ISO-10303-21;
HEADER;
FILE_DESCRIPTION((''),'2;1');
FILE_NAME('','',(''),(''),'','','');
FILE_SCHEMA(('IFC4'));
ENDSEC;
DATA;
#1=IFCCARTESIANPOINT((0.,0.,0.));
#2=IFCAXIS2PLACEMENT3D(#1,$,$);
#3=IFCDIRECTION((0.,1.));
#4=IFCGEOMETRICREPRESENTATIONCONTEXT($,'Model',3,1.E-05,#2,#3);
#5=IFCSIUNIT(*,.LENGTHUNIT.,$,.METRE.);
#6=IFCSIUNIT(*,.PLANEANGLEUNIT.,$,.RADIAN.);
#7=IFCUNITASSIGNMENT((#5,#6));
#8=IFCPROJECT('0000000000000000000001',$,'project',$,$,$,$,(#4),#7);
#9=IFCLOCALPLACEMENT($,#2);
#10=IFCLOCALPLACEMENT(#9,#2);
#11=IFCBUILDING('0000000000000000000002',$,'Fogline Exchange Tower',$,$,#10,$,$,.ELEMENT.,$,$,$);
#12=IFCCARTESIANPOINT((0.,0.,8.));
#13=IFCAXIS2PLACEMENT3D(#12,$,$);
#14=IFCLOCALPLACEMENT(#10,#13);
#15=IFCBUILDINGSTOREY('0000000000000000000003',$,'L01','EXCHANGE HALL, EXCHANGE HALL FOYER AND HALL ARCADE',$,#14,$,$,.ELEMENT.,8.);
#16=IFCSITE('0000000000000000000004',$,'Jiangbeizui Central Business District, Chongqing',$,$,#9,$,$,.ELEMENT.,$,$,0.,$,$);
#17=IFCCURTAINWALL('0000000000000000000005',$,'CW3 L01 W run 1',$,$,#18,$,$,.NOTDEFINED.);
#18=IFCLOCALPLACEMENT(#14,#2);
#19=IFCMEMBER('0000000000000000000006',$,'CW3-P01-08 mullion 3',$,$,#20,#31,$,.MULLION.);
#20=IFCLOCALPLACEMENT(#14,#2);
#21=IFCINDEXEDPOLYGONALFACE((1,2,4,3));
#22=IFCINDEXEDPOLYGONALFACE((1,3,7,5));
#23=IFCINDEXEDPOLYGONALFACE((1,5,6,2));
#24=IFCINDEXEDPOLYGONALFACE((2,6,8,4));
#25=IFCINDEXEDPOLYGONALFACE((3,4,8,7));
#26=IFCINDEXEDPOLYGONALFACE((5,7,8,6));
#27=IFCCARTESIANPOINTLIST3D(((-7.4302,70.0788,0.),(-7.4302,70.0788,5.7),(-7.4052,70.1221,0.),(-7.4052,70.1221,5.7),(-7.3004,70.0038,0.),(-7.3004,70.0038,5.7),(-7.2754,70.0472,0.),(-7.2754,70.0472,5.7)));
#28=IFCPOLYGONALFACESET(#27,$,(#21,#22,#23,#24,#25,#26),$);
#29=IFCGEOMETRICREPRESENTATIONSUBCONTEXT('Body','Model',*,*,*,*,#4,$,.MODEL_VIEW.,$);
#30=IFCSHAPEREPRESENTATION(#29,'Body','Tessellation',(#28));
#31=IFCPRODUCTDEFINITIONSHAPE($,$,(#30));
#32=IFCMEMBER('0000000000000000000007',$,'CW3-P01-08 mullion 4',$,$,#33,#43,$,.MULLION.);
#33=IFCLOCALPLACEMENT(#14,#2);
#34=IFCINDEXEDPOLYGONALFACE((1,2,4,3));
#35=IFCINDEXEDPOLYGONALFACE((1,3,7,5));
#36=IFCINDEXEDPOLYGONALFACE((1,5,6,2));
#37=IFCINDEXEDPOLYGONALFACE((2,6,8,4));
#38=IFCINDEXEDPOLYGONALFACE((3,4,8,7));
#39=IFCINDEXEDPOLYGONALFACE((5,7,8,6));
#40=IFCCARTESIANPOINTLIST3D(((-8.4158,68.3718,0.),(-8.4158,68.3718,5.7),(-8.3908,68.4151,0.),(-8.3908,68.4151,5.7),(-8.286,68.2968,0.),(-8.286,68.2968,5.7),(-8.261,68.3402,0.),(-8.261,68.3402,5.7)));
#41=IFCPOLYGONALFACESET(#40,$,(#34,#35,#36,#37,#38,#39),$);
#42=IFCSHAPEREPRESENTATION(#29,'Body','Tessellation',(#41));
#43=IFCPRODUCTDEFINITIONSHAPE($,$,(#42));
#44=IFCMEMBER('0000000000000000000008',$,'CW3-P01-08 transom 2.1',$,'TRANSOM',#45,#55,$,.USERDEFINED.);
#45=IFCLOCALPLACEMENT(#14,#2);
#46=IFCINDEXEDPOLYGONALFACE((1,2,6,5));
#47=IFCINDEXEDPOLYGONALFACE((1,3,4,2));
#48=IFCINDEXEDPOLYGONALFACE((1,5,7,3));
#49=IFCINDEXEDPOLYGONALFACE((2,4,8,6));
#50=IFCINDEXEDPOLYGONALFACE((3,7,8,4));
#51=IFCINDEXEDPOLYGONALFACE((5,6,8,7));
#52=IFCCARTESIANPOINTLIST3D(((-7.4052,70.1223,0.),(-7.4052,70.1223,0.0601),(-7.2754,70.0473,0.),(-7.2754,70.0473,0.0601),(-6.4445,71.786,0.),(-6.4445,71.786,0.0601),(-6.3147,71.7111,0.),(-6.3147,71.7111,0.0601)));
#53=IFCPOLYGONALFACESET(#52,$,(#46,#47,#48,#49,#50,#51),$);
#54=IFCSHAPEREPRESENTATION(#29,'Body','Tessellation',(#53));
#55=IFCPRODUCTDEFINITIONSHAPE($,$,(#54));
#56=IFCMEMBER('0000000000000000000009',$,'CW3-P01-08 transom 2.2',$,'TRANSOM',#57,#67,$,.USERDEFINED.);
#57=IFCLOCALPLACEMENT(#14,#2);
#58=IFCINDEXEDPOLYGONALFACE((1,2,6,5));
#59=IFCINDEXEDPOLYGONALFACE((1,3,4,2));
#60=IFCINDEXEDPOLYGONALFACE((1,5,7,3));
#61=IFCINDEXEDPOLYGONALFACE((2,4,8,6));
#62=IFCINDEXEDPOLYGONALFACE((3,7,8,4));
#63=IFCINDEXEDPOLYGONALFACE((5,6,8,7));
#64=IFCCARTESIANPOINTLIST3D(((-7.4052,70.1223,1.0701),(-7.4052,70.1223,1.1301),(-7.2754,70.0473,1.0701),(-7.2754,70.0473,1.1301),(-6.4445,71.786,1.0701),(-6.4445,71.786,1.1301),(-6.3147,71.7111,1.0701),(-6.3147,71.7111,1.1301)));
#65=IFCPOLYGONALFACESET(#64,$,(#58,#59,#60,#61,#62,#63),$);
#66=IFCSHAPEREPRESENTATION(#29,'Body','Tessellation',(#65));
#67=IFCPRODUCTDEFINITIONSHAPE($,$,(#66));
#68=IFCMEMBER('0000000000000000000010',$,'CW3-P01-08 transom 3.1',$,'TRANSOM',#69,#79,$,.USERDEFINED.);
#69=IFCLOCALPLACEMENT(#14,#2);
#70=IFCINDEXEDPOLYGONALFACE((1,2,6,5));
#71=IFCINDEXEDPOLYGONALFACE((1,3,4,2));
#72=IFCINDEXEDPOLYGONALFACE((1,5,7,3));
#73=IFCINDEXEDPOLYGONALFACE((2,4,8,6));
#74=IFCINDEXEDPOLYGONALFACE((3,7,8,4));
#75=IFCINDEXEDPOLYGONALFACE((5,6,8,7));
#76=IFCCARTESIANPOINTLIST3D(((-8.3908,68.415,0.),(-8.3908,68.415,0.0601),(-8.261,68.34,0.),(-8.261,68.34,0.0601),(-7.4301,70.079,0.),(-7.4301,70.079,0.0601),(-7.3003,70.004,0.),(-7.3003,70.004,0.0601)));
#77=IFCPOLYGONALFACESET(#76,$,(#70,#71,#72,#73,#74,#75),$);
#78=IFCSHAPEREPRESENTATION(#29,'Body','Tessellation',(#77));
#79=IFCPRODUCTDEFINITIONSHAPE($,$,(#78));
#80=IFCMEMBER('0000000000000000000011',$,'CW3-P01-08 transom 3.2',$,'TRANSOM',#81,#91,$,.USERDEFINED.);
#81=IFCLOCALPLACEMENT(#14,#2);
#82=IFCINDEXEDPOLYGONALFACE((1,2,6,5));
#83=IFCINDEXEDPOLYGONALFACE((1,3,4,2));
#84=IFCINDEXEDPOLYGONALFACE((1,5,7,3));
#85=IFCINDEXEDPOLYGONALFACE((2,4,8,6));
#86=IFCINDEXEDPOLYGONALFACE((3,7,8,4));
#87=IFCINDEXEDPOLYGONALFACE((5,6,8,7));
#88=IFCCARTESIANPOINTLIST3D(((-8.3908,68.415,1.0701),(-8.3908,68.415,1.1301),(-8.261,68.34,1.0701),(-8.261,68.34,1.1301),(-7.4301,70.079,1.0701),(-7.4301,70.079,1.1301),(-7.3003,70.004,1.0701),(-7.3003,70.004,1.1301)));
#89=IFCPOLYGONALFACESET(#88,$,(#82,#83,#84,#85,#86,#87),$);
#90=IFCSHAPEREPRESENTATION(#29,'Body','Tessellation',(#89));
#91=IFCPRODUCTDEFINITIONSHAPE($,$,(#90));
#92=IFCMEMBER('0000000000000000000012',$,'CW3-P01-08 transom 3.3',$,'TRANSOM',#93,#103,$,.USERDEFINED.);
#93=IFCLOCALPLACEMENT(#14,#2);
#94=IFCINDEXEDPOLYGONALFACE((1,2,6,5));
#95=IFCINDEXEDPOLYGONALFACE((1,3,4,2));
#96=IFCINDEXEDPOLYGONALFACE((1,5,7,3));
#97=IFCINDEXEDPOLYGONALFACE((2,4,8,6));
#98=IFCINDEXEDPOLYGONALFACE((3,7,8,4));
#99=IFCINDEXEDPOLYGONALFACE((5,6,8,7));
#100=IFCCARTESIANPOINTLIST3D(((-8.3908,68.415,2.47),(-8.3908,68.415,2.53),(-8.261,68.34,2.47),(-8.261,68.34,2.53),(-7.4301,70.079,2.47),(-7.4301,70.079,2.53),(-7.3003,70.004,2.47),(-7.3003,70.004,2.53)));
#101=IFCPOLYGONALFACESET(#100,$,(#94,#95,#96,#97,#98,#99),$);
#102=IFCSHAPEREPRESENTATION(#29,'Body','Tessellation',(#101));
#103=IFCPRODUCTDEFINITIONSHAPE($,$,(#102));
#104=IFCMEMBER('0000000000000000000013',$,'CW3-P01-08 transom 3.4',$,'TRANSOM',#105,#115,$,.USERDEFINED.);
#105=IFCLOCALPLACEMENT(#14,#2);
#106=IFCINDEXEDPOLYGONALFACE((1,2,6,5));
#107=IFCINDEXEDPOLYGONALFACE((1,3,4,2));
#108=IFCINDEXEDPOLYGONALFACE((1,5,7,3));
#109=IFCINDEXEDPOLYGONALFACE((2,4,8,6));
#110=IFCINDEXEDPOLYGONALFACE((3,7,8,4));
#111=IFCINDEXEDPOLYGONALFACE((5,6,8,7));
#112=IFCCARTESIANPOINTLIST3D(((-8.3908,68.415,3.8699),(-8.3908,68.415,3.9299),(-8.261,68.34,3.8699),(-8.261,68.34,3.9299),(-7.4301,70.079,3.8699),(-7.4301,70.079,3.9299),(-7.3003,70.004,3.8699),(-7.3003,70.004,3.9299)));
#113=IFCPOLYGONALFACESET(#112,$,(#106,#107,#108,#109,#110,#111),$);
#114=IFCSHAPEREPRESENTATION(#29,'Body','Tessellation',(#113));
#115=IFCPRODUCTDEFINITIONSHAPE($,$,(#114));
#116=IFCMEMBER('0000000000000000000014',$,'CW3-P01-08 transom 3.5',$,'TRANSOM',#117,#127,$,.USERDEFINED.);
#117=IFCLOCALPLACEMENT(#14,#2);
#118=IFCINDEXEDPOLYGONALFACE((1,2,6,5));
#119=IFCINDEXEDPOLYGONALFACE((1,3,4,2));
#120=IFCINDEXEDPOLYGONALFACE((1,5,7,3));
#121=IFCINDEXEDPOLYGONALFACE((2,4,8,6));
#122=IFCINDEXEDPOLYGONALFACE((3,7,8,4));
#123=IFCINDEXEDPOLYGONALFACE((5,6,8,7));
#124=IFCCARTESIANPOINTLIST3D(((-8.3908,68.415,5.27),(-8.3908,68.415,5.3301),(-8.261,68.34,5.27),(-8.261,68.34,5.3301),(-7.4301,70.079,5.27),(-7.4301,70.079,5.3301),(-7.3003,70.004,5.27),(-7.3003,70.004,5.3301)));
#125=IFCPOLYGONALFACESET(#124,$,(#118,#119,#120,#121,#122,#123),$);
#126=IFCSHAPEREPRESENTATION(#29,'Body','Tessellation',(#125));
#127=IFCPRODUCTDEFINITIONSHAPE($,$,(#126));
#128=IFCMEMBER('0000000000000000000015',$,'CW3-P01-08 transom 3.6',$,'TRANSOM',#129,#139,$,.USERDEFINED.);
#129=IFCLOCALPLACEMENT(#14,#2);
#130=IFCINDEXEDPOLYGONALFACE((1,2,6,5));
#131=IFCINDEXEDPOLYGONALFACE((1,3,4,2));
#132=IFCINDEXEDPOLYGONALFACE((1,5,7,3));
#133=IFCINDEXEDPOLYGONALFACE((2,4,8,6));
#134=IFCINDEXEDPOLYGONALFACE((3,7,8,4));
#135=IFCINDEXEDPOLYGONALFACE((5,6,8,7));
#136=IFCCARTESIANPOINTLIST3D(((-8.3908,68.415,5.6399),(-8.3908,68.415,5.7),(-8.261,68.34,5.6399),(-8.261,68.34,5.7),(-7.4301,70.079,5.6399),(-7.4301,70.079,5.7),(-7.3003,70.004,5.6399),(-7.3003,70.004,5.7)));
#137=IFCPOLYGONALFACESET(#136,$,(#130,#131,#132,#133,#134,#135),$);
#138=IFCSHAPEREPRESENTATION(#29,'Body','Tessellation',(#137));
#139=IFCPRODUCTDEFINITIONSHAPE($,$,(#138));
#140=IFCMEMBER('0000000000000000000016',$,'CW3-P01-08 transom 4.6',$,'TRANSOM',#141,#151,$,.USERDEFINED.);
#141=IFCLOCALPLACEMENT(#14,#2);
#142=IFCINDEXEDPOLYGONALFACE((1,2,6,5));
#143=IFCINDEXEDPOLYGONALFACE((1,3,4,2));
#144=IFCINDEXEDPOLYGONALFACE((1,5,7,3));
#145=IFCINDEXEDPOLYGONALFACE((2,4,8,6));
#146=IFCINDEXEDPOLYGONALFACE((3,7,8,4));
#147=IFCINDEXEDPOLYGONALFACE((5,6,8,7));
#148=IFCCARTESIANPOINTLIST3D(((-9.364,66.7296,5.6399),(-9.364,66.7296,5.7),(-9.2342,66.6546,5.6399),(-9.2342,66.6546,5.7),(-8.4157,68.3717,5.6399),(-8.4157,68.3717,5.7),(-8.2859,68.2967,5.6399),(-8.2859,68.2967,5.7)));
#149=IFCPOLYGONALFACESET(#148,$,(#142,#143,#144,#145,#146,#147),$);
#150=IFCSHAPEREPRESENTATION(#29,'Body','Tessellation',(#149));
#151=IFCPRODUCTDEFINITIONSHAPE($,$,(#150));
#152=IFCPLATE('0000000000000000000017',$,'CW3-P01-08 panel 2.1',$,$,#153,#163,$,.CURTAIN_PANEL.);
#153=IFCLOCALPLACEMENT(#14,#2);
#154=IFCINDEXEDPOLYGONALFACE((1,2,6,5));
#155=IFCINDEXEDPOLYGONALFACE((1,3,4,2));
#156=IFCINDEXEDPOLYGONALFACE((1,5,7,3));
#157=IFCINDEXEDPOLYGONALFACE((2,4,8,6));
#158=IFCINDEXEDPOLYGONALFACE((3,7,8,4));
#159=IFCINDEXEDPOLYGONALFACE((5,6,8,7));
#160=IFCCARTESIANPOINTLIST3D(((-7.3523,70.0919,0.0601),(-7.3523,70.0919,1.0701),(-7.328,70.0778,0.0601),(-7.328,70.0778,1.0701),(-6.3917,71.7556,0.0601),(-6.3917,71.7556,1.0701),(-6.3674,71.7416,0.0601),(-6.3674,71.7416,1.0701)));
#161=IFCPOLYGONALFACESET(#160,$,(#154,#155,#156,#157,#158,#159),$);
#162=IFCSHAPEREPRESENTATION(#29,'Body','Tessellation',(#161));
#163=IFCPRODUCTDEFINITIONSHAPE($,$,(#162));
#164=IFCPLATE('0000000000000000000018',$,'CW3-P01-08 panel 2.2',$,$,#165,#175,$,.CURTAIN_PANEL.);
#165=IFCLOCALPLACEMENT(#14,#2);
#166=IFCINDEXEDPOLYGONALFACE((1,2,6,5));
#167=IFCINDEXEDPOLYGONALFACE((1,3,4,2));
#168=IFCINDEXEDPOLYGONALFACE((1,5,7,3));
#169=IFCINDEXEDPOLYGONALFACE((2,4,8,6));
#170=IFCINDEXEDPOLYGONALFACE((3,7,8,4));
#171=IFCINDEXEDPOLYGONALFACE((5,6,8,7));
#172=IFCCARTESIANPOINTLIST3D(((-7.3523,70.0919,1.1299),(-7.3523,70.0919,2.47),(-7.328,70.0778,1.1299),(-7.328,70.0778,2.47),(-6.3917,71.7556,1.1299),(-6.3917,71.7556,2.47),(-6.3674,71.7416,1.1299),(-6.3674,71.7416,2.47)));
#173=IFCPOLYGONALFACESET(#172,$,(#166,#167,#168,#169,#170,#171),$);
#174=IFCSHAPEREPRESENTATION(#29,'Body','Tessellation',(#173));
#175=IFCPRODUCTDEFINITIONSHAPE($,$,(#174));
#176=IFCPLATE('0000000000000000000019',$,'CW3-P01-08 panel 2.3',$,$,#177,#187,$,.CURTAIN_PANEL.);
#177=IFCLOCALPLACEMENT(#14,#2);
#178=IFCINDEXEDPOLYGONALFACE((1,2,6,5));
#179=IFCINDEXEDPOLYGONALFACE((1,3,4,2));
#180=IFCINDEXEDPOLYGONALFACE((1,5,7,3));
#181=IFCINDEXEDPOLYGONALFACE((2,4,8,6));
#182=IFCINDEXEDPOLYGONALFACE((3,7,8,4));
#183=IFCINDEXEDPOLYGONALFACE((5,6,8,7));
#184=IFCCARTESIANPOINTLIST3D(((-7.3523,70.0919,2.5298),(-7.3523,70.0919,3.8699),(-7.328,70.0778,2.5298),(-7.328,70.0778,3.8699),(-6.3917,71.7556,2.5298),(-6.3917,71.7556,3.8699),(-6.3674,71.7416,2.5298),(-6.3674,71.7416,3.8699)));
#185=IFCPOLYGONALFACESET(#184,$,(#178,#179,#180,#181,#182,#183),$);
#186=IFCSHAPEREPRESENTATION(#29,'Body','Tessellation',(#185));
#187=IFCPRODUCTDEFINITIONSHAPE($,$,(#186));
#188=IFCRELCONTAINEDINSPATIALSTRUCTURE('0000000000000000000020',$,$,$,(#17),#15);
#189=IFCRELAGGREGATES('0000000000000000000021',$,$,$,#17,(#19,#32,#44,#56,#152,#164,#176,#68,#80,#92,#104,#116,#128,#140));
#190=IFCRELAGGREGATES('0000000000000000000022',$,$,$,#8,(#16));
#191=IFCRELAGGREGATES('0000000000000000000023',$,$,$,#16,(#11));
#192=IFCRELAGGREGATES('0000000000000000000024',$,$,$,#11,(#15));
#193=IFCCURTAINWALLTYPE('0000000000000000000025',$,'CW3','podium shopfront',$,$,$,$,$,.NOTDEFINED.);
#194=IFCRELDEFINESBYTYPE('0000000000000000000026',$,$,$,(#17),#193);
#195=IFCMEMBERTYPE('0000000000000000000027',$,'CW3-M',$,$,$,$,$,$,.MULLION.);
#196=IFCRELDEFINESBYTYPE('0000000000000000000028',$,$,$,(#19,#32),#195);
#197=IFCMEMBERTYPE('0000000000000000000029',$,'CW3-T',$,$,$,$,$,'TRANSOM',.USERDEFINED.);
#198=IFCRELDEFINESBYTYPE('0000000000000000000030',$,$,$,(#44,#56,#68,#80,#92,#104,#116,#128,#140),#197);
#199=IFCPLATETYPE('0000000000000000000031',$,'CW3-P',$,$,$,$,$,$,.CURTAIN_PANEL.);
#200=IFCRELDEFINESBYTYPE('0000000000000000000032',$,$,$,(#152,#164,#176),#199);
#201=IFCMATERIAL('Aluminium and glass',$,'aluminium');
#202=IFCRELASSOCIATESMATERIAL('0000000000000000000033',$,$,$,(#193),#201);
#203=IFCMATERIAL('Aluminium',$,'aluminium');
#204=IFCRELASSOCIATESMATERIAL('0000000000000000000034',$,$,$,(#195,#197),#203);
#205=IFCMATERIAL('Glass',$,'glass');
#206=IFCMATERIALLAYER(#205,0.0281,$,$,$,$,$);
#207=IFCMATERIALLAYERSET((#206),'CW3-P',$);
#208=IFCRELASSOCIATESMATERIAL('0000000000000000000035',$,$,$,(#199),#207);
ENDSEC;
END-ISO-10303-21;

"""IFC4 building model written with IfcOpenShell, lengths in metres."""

from ifc_helpers import new_model, si_unit, direction, frame, origin, origin_2d, place, context, subcontext, project, spatial, rectangle, extrude, material, layer, layer_set, material_profile, profile_set, type_object, element, aggregate, save


model = new_model("IFC4")

# Units and contexts
model_context = context("Model", 3, precision=1e-05, world=origin(), true_north=direction((0.0, 1.0)))
body_context = subcontext(model_context, "Body", "Model", "MODEL_VIEW")
ifc_project = project(units=[si_unit("LENGTHUNIT", "METRE"), si_unit("PLANEANGLEUNIT", "RADIAN")], contexts=[model_context])

# Site, building, storey
site_placement = place(None, origin())
site = spatial("IfcSite", under=ifc_project, at=site_placement, Name="Jiangbeizui Central Business District, Chongqing", CompositionType="ELEMENT", RefElevation=0.0)
building_placement = place(site_placement, origin())
building = spatial("IfcBuilding", under=site, at=building_placement, Name="Fogline Exchange Tower", CompositionType="ELEMENT")
storey_placement = place(building_placement, frame((0.0, 0.0, 8.0)))
storey = spatial("IfcBuildingStorey", under=building, at=storey_placement, Name="L01", Description="EXCHANGE HALL, EXCHANGE HALL FOYER AND HALL ARCADE", CompositionType="ELEMENT", Elevation=8.0)

# Curtain wall, members, plates
ifc_material_1 = material(Name="Aluminium and glass", Category="aluminium")
curtain_wall_type = type_object("IfcCurtainWallType", Name="CW3", Description="podium shopfront", PredefinedType="NOTDEFINED", material=ifc_material_1)
curtain_wall_placement = place(storey_placement, origin())
curtain_wall = element("IfcCurtainWall", 1, at=curtain_wall_placement, inside=storey, type_object=curtain_wall_type, Name="CW3 L01 W run 1", PredefinedType="NOTDEFINED")
ifc_material_2 = material(Name="Aluminium", Category="aluminium")
ifc_material_profile_1 = material_profile(ifc_material_2, rectangle(XDim=0.1499, YDim=0.05, at=origin_2d()), Name="Mullion 50x150")
ifc_profile_set_1 = profile_set([ifc_material_profile_1], Name="Aluminium")
member_type_1 = type_object("IfcMemberType", Name="CW3-M", PredefinedType="MULLION", material=ifc_profile_set_1)
member_1_placement = place(storey_placement, frame((-7.3528, 70.063, 0.0), z_axis=(0.0, 0.0, 1.0), x_axis=(0.866025, -0.5, 0.0)))
member_1 = element("IfcMember", 2, at=member_1_placement, type_object=member_type_1, Name="CW3-P01-08 mullion 3", PredefinedType="MULLION", context=body_context, shape_type="SweptSolid", body=[
    extrude(rectangle(XDim=0.1499, YDim=0.05, at=origin_2d()), origin(), (0.0, 0.0, 1.0), 5.7),
])
member_2_placement = place(storey_placement, frame((-8.3384, 68.356, 0.0), z_axis=(0.0, 0.0, 1.0), x_axis=(0.866025, -0.5, 0.0)))
member_2 = element("IfcMember", 3, at=member_2_placement, type_object=member_type_1, Name="CW3-P01-08 mullion 4", PredefinedType="MULLION", context=body_context, shape_type="SweptSolid", body=[
    extrude(rectangle(XDim=0.1499, YDim=0.05, at=origin_2d()), origin(), (0.0, 0.0, 1.0), 5.7),
])
ifc_material_profile_2 = material_profile(ifc_material_2, rectangle(XDim=0.1499, YDim=0.0601, at=origin_2d()), Name="Transom 60x150")
ifc_profile_set_2 = profile_set([ifc_material_profile_2], Name="Aluminium")
member_type_2 = type_object("IfcMemberType", Name="CW3-T", ElementType="TRANSOM", PredefinedType="USERDEFINED", material=ifc_profile_set_2)
member_3_placement = place(storey_placement, frame((-6.3796, 71.7485, 0.03), z_axis=(-0.500034, -0.866006, 0.0), x_axis=(0.866006, -0.500034, 0.0)))
member_3 = element("IfcMember", 4, at=member_3_placement, type_object=member_type_2, Name="CW3-P01-08 transom 2.1", ObjectType="TRANSOM", PredefinedType="USERDEFINED", context=body_context, shape_type="SweptSolid", body=[
    extrude(rectangle(XDim=0.1499, YDim=0.0601, at=origin_2d()), origin(), (0.0, 0.0, 1.0), 1.9211),
])
member_4_placement = place(storey_placement, frame((-6.3796, 71.7485, 1.1001), z_axis=(-0.500034, -0.866006, 0.0), x_axis=(0.866006, -0.500034, 0.0)))
member_4 = element("IfcMember", 5, at=member_4_placement, type_object=member_type_2, Name="CW3-P01-08 transom 2.2", ObjectType="TRANSOM", PredefinedType="USERDEFINED", context=body_context, shape_type="SweptSolid", body=[
    extrude(rectangle(XDim=0.1499, YDim=0.0601, at=origin_2d()), origin(), (0.0, 0.0, 1.0), 1.9211),
])
member_5_placement = place(storey_placement, frame((-7.3652, 70.0415, 0.03), z_axis=(-0.499979, -0.866037, 0.0), x_axis=(0.866037, -0.499979, 0.0)))
member_5 = element("IfcMember", 6, at=member_5_placement, type_object=member_type_2, Name="CW3-P01-08 transom 3.1", ObjectType="TRANSOM", PredefinedType="USERDEFINED", context=body_context, shape_type="SweptSolid", body=[
    extrude(rectangle(XDim=0.1499, YDim=0.0601, at=origin_2d()), origin(), (0.0, 0.0, 1.0), 1.9214),
])
member_6_placement = place(storey_placement, frame((-7.3652, 70.0415, 1.1001), z_axis=(-0.499979, -0.866037, 0.0), x_axis=(0.866037, -0.499979, 0.0)))
member_6 = element("IfcMember", 7, at=member_6_placement, type_object=member_type_2, Name="CW3-P01-08 transom 3.2", ObjectType="TRANSOM", PredefinedType="USERDEFINED", context=body_context, shape_type="SweptSolid", body=[
    extrude(rectangle(XDim=0.1499, YDim=0.0601, at=origin_2d()), origin(), (0.0, 0.0, 1.0), 1.9214),
])
member_7_placement = place(storey_placement, frame((-7.3652, 70.0415, 2.5), z_axis=(-0.499979, -0.866037, 0.0), x_axis=(0.866037, -0.499979, 0.0)))
member_7 = element("IfcMember", 8, at=member_7_placement, type_object=member_type_2, Name="CW3-P01-08 transom 3.3", ObjectType="TRANSOM", PredefinedType="USERDEFINED", context=body_context, shape_type="SweptSolid", body=[
    extrude(rectangle(XDim=0.1499, YDim=0.0601, at=origin_2d()), origin(), (0.0, 0.0, 1.0), 1.9214),
])
member_8_placement = place(storey_placement, frame((-7.3652, 70.0415, 3.8999), z_axis=(-0.499979, -0.866037, 0.0), x_axis=(0.866037, -0.499979, 0.0)))
member_8 = element("IfcMember", 9, at=member_8_placement, type_object=member_type_2, Name="CW3-P01-08 transom 3.4", ObjectType="TRANSOM", PredefinedType="USERDEFINED", context=body_context, shape_type="SweptSolid", body=[
    extrude(rectangle(XDim=0.1499, YDim=0.0601, at=origin_2d()), origin(), (0.0, 0.0, 1.0), 1.9214),
])
member_9_placement = place(storey_placement, frame((-7.3652, 70.0415, 5.3), z_axis=(-0.499979, -0.866037, 0.0), x_axis=(0.866037, -0.499979, 0.0)))
member_9 = element("IfcMember", 10, at=member_9_placement, type_object=member_type_2, Name="CW3-P01-08 transom 3.5", ObjectType="TRANSOM", PredefinedType="USERDEFINED", context=body_context, shape_type="SweptSolid", body=[
    extrude(rectangle(XDim=0.1499, YDim=0.0601, at=origin_2d()), origin(), (0.0, 0.0, 1.0), 1.9214),
])
member_10_placement = place(storey_placement, frame((-7.3652, 70.0415, 5.6699), z_axis=(-0.499979, -0.866037, 0.0), x_axis=(0.866037, -0.499979, 0.0)))
member_10 = element("IfcMember", 11, at=member_10_placement, type_object=member_type_2, Name="CW3-P01-08 transom 3.6", ObjectType="TRANSOM", PredefinedType="USERDEFINED", context=body_context, shape_type="SweptSolid", body=[
    extrude(rectangle(XDim=0.1499, YDim=0.0601, at=origin_2d()), origin(), (0.0, 0.0, 1.0), 1.9214),
])
member_11_placement = place(storey_placement, frame((-8.3508, 68.3342, 5.6699), z_axis=(-0.500072, -0.865984, 0.0), x_axis=(0.865984, -0.500072, 0.0)))
member_11 = element("IfcMember", 12, at=member_11_placement, type_object=member_type_2, Name="CW3-P01-08 transom 4.6", ObjectType="TRANSOM", PredefinedType="USERDEFINED", context=body_context, shape_type="SweptSolid", body=[
    extrude(rectangle(XDim=0.1499, YDim=0.0601, at=origin_2d()), origin(), (0.0, 0.0, 1.0), 1.8962),
])
ifc_material_3 = material(Name="Glass", Category="glass")
ifc_layer = layer(ifc_material_3, 0.0281)
ifc_layer_set = layer_set([ifc_layer], Name="CW3-P")
plate_type = type_object("IfcPlateType", Name="CW3-P", PredefinedType="CURTAIN_PANEL", material=ifc_layer_set)
plate_1_placement = place(storey_placement, frame((-6.8599, 70.9167, 0.0601), z_axis=(0.0, 0.0, 1.0), x_axis=(-0.5, -0.866025, 0.0)))
plate_1 = element("IfcPlate", 13, at=plate_1_placement, type_object=plate_type, Name="CW3-P01-08 panel 2.1", PredefinedType="CURTAIN_PANEL", context=body_context, shape_type="SweptSolid", body=[
    extrude(rectangle(XDim=1.9211, YDim=0.0281, at=origin_2d()), origin(), (0.0, 0.0, 1.0), 1.01),
])
plate_2_placement = place(storey_placement, frame((-6.8599, 70.9167, 1.1299), z_axis=(0.0, 0.0, 1.0), x_axis=(-0.5, -0.866025, 0.0)))
plate_2 = element("IfcPlate", 14, at=plate_2_placement, type_object=plate_type, Name="CW3-P01-08 panel 2.2", PredefinedType="CURTAIN_PANEL", context=body_context, shape_type="SweptSolid", body=[
    extrude(rectangle(XDim=1.9211, YDim=0.0281, at=origin_2d()), origin(), (0.0, 0.0, 1.0), 1.3401),
])
plate_3_placement = place(storey_placement, frame((-6.8599, 70.9167, 2.5298), z_axis=(0.0, 0.0, 1.0), x_axis=(-0.5, -0.866025, 0.0)))
plate_3 = element("IfcPlate", 15, at=plate_3_placement, type_object=plate_type, Name="CW3-P01-08 panel 2.3", PredefinedType="CURTAIN_PANEL", context=body_context, shape_type="SweptSolid", body=[
    extrude(rectangle(XDim=1.9211, YDim=0.0281, at=origin_2d()), origin(), (0.0, 0.0, 1.0), 1.3401),
])
aggregate(curtain_wall, [member_1, member_2, member_3, member_4, plate_1, plate_2, plate_3, member_5, member_6, member_7, member_8, member_9, member_10, member_11])

save(model, "model.ifc")
